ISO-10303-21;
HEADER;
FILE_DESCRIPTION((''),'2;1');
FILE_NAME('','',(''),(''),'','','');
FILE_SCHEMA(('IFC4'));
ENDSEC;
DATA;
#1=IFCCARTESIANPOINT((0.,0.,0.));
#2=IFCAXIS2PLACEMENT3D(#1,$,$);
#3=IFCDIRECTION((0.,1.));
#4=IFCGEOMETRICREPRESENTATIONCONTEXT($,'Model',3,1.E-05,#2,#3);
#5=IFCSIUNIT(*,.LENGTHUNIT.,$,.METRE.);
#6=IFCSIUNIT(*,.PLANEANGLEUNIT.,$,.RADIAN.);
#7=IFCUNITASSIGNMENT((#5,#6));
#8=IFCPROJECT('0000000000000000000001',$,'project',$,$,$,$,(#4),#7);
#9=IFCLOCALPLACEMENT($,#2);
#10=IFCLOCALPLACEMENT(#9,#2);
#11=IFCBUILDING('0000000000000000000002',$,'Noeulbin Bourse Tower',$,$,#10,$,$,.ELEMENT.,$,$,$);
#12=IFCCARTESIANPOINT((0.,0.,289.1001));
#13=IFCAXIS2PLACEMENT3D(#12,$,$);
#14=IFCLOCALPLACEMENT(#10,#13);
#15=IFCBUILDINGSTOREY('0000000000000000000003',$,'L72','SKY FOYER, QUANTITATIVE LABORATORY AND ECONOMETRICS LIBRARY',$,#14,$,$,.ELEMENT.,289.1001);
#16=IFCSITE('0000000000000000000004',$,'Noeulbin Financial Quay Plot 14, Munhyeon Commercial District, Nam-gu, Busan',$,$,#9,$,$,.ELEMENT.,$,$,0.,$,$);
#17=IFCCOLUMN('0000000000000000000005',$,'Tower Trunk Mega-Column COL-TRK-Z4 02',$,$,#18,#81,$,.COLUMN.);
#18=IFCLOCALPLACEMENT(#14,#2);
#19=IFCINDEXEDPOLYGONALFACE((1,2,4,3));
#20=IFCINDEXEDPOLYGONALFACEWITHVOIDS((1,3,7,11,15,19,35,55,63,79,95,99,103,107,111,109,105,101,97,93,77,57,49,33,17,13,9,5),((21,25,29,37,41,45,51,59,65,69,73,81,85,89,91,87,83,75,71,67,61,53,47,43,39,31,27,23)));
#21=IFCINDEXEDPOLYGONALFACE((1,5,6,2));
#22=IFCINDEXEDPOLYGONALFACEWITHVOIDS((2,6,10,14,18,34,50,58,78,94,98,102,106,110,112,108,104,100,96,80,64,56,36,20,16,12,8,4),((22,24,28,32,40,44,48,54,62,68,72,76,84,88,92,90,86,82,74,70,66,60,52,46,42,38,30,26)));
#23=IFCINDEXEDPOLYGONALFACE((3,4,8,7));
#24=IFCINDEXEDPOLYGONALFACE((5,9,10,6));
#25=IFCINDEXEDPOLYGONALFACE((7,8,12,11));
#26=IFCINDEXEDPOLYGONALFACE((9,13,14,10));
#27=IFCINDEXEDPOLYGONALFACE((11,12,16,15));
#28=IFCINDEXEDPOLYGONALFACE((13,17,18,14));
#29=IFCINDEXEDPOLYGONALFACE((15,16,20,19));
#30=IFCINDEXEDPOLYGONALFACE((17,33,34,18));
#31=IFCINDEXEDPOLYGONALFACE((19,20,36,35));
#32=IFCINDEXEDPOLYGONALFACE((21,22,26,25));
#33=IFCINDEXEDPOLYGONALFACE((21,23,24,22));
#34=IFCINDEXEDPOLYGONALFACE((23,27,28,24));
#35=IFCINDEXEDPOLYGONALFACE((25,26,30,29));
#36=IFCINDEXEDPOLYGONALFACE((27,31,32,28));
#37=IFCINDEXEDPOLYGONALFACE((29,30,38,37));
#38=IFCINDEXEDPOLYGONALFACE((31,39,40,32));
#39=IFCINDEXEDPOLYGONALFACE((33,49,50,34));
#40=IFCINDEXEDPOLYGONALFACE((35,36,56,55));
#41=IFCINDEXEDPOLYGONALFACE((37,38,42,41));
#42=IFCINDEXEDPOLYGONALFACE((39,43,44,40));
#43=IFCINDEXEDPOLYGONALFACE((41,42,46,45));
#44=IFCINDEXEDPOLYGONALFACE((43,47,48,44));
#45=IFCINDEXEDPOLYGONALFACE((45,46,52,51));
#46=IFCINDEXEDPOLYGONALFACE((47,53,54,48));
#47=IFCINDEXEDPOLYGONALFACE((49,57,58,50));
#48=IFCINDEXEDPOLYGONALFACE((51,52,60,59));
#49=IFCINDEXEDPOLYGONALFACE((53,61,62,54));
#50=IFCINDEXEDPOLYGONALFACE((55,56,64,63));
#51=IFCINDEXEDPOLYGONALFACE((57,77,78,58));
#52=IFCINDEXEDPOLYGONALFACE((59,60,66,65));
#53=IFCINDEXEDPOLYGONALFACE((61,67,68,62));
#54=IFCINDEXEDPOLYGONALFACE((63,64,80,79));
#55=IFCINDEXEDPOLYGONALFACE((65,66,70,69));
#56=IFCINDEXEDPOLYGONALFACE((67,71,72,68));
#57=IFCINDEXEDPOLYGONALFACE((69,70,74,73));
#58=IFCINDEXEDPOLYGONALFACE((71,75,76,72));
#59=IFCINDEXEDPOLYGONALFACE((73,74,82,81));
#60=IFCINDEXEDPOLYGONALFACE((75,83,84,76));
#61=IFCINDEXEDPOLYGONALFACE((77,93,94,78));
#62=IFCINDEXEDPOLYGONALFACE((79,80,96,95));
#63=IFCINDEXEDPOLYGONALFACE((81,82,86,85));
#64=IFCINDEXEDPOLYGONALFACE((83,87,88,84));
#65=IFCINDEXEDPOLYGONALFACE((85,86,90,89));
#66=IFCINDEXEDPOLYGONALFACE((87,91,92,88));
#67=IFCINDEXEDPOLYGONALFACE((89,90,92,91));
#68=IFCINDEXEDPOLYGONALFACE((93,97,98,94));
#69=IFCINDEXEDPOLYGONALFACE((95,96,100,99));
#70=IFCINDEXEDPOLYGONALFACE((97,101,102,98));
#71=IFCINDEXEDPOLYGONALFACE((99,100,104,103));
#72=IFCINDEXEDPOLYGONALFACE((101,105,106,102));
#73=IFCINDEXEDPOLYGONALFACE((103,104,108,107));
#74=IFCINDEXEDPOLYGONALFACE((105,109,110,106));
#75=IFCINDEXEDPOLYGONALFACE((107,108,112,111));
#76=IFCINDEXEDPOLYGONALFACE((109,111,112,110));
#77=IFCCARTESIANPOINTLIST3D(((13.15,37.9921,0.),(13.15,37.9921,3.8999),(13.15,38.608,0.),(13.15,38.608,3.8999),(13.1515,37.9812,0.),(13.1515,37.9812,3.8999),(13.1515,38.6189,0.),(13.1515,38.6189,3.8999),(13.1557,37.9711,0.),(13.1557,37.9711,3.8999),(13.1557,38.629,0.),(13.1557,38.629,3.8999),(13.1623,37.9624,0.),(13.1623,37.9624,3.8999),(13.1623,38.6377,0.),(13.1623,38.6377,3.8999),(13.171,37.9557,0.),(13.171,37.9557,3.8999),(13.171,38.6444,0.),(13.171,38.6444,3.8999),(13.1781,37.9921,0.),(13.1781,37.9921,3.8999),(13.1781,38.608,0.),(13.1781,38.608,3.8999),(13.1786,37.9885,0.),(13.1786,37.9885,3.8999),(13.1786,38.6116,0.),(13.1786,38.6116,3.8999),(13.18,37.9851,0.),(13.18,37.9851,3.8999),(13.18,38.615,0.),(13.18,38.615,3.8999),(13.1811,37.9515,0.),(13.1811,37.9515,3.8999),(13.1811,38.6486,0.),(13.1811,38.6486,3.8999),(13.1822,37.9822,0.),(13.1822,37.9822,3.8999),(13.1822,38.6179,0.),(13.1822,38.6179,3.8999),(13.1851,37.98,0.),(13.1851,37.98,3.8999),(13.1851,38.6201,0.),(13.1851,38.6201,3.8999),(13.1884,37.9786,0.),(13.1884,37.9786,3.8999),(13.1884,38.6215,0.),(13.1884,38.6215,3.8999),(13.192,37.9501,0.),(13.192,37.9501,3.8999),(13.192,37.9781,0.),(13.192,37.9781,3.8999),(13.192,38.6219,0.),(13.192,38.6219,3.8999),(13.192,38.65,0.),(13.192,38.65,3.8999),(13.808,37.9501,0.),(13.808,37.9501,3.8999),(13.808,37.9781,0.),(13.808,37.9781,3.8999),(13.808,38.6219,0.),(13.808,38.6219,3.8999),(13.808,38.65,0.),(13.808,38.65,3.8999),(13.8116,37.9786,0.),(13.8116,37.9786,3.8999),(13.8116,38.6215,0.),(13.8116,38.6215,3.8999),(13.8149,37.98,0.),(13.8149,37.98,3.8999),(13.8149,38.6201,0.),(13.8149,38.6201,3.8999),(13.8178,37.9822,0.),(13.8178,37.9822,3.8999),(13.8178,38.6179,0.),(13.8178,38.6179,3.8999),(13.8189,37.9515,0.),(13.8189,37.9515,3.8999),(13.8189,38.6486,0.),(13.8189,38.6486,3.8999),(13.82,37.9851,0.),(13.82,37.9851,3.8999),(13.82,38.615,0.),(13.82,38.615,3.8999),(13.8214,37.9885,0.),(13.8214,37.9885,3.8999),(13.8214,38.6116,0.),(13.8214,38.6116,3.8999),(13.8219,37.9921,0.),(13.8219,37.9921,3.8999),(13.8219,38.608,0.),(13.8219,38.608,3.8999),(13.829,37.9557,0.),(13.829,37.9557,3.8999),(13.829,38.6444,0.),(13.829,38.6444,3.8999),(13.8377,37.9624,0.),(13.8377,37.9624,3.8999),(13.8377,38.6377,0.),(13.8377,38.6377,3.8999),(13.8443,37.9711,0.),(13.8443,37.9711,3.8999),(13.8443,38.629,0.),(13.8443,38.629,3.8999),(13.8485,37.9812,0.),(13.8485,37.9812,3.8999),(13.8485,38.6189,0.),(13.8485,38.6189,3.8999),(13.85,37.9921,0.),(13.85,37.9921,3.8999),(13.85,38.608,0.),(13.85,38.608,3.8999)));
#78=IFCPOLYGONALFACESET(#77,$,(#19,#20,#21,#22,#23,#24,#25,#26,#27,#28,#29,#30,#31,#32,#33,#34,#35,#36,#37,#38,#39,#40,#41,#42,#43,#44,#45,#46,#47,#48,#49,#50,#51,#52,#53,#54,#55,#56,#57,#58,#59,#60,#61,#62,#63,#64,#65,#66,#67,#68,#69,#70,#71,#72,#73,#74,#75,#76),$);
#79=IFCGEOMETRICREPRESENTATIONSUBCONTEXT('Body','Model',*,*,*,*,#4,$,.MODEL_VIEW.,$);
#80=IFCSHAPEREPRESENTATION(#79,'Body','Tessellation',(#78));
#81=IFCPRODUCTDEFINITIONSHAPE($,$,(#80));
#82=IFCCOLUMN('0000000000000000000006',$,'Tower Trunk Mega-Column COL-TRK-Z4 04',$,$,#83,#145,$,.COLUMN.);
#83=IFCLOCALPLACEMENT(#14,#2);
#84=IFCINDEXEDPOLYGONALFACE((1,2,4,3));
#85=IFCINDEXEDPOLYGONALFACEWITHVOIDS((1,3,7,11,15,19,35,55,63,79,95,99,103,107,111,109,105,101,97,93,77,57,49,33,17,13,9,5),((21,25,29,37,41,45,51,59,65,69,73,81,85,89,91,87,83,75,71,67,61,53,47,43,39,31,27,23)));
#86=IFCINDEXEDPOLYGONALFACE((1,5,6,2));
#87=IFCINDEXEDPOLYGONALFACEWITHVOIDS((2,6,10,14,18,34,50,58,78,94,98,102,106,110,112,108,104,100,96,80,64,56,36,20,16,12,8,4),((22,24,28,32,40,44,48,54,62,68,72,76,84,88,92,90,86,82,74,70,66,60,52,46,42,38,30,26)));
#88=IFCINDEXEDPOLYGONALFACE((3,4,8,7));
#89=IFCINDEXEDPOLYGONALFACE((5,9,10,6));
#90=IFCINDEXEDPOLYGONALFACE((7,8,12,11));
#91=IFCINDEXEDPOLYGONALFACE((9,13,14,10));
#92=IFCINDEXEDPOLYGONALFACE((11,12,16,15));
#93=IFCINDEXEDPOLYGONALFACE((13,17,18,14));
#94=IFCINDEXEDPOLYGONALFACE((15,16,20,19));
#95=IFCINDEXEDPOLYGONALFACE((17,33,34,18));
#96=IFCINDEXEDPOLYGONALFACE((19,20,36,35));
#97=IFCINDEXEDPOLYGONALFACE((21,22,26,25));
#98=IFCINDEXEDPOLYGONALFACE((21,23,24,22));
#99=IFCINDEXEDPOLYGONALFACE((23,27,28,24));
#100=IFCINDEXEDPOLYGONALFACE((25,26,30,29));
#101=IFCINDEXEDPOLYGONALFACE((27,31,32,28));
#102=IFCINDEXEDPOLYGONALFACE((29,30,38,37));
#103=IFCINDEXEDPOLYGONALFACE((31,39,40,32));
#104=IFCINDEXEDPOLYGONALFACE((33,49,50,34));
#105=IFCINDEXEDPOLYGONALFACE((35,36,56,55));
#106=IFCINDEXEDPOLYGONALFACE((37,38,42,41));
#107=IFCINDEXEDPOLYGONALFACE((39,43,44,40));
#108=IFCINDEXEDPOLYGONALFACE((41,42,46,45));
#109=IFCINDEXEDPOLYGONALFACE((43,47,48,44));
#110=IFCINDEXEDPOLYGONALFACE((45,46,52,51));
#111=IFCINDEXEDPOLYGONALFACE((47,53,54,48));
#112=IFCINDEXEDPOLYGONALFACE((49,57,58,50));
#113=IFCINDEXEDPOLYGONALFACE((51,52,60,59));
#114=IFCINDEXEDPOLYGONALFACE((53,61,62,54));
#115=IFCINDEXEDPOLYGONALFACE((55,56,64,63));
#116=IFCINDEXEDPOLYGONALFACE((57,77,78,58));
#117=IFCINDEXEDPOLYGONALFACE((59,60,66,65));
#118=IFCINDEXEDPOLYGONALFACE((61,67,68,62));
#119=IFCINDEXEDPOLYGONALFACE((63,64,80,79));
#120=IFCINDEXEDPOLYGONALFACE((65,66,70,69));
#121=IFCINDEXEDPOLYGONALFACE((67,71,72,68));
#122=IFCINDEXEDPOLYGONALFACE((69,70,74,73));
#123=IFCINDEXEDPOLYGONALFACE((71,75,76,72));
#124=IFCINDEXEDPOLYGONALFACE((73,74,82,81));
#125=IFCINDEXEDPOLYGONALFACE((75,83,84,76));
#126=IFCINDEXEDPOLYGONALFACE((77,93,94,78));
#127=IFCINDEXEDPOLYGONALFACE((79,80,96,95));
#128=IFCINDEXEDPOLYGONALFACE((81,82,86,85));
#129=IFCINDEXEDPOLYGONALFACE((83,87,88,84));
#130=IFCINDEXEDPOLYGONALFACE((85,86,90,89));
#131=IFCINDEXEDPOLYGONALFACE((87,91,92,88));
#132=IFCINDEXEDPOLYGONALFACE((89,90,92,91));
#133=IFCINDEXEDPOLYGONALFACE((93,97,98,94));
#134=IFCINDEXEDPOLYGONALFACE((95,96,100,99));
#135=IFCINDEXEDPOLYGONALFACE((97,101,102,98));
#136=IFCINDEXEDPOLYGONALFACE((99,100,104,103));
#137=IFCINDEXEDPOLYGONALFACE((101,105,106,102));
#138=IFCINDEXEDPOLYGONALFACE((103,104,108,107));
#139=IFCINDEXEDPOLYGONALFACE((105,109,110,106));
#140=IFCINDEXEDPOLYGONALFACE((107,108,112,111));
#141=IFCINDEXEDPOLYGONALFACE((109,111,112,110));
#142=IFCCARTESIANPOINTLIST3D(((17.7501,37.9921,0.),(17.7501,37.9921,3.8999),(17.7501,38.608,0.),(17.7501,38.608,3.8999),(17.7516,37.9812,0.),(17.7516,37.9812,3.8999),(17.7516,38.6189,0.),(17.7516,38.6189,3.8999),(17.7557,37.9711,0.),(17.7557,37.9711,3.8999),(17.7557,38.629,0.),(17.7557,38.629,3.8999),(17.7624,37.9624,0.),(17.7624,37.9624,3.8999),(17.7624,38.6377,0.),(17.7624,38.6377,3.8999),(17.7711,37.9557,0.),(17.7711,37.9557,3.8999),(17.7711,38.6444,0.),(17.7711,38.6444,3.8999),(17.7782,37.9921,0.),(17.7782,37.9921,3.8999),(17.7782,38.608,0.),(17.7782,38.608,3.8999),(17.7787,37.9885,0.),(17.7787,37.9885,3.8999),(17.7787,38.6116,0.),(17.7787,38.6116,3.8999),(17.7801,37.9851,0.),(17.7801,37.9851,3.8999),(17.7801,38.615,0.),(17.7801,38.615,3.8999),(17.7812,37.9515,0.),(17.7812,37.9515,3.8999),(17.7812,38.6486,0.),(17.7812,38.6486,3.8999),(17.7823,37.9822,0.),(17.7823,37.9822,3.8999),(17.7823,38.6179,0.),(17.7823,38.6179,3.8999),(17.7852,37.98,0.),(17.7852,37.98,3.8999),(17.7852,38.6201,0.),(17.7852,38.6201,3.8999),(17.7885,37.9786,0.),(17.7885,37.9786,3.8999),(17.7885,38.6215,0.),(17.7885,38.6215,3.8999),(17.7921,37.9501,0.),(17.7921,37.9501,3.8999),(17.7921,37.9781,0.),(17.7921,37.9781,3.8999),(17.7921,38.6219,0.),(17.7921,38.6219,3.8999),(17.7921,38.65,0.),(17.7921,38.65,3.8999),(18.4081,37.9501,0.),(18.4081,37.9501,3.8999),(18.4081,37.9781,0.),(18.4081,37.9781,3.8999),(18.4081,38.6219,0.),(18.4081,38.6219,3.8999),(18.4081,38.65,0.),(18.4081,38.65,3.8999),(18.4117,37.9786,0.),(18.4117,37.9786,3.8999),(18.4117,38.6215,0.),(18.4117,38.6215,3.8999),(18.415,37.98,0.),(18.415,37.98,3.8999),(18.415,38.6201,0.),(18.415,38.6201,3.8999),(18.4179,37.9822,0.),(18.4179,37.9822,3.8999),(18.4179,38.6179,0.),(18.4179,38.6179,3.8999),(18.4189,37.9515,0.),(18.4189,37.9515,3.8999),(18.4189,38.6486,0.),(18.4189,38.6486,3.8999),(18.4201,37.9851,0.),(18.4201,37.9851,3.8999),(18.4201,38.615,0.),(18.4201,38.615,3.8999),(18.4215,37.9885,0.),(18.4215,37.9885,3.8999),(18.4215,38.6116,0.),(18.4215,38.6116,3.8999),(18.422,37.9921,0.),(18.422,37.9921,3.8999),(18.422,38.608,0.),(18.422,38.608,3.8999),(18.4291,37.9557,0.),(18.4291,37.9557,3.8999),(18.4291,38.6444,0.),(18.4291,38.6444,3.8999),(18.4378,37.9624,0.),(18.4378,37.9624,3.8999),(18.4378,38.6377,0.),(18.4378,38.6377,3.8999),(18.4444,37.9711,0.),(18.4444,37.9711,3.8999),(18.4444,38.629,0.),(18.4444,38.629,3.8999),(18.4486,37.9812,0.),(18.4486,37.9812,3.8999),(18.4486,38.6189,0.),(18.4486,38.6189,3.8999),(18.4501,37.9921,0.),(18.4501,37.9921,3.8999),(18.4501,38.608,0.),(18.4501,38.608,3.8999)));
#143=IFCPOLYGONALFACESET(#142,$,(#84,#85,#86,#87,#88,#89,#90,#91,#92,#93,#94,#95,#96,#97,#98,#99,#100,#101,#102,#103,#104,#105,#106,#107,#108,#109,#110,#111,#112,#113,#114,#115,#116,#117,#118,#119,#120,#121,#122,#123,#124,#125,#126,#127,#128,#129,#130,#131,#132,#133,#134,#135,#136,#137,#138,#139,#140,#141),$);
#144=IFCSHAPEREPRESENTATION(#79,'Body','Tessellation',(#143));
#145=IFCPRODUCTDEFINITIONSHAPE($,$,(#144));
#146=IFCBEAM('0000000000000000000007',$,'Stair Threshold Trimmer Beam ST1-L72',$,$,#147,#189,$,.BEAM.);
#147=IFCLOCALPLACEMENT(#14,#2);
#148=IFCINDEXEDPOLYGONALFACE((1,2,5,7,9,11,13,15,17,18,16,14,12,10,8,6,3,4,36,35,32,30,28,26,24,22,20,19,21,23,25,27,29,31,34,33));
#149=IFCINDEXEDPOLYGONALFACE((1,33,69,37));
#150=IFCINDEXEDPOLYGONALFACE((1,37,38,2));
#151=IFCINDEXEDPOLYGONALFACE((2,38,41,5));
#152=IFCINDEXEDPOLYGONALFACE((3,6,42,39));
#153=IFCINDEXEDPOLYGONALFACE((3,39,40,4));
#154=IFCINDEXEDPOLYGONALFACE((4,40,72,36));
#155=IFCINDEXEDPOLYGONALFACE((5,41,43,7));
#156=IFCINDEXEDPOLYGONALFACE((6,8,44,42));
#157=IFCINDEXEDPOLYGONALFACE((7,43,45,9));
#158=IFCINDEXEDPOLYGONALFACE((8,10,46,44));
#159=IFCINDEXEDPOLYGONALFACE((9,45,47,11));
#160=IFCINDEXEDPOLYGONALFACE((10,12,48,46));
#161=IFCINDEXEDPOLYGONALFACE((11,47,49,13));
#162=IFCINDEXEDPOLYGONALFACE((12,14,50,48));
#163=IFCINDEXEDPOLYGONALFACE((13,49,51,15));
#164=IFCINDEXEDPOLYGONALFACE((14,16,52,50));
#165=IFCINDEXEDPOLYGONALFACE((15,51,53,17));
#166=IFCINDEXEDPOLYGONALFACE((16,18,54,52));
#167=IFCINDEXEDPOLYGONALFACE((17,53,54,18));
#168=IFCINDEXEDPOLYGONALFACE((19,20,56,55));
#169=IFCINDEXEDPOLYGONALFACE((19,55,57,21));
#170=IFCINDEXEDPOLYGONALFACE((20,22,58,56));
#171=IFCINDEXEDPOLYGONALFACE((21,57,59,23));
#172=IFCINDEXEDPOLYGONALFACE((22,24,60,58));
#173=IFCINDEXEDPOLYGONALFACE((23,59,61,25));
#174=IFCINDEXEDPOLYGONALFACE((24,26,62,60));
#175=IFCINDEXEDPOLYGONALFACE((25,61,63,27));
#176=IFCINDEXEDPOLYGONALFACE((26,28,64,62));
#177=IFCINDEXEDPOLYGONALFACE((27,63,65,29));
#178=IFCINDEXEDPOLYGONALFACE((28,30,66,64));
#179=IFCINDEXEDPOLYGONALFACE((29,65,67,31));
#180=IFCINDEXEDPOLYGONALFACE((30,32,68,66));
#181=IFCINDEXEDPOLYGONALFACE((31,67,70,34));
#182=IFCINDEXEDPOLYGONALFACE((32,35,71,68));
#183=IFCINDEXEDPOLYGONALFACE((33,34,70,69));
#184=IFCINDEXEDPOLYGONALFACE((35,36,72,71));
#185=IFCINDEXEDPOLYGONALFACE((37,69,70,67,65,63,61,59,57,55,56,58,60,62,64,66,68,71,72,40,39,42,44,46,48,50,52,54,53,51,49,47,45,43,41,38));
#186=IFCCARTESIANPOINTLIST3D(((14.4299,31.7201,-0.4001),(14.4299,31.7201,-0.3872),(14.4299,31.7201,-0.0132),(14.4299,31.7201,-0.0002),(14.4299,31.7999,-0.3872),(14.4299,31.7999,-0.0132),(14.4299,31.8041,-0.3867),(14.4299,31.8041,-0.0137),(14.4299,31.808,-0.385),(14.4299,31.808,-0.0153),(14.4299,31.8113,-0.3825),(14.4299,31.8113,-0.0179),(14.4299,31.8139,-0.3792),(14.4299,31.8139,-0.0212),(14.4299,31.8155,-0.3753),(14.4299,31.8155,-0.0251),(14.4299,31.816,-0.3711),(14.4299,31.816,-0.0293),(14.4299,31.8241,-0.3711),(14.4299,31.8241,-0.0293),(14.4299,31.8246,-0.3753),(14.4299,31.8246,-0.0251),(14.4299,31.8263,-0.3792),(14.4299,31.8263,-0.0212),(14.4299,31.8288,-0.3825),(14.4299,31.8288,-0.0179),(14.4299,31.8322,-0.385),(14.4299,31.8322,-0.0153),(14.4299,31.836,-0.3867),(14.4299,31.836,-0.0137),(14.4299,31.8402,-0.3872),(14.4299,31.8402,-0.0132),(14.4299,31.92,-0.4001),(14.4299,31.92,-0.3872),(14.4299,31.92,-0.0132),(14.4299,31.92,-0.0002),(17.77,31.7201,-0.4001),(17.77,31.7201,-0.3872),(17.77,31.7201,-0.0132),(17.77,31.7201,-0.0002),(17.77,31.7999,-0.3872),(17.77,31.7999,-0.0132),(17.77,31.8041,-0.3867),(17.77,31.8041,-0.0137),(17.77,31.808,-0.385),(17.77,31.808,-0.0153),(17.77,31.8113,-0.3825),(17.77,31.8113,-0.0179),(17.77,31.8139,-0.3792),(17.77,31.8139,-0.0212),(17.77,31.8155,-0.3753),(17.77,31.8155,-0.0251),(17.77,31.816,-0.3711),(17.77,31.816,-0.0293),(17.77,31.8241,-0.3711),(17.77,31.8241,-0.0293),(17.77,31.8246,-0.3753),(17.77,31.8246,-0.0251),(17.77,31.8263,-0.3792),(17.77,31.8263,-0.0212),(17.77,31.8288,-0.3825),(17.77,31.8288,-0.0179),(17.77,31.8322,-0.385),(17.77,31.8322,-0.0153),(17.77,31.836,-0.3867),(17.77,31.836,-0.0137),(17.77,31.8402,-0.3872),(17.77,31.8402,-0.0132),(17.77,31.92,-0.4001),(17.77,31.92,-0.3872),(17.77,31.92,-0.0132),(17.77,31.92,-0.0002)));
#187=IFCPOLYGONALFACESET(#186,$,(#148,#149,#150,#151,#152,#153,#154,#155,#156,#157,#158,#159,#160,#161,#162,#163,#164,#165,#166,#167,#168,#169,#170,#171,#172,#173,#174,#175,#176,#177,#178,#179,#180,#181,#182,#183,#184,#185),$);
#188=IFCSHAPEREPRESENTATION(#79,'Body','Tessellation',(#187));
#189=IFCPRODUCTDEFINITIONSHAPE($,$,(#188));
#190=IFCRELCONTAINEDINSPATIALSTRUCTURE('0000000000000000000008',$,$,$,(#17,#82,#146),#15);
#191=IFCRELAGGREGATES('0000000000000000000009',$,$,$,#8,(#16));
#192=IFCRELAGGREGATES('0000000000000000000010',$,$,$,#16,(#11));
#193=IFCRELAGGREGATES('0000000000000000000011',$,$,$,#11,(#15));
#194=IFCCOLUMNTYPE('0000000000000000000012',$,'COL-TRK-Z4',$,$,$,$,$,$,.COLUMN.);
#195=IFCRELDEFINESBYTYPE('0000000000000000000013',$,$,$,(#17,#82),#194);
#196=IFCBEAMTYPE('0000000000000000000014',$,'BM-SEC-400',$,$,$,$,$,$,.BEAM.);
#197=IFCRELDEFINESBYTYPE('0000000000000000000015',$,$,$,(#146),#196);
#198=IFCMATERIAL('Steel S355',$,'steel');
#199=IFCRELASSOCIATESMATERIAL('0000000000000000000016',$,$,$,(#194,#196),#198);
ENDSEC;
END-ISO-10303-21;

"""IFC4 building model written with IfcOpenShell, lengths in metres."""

from ifc_helpers import new_model, si_unit, direction, frame, origin, origin_2d, place, context, subcontext, project, spatial, hollow_rectangle, i_section, extrude, material, material_profile, profile_set, type_object, element, save


model = new_model("IFC4")

# Units and contexts
model_context = context("Model", 3, precision=1e-05, world=origin(), true_north=direction((0.0, 1.0)))
body_context = subcontext(model_context, "Body", "Model", "MODEL_VIEW")
ifc_project = project(units=[si_unit("LENGTHUNIT", "METRE"), si_unit("PLANEANGLEUNIT", "RADIAN")], contexts=[model_context])

# Site, building, storey
site_placement = place(None, origin())
site = spatial("IfcSite", under=ifc_project, at=site_placement, Name="Noeulbin Financial Quay Plot 14, Munhyeon Commercial District, Nam-gu, Busan", CompositionType="ELEMENT", RefElevation=0.0)
building_placement = place(site_placement, origin())
building = spatial("IfcBuilding", under=site, at=building_placement, Name="Noeulbin Bourse Tower", CompositionType="ELEMENT")
storey_placement = place(building_placement, frame((0.0, 0.0, 289.1001)))
storey = spatial("IfcBuildingStorey", under=building, at=storey_placement, Name="L72", Description="SKY FOYER, QUANTITATIVE LABORATORY AND ECONOMETRICS LIBRARY", CompositionType="ELEMENT", Elevation=289.1001)

# Columns
ifc_material_1 = material(Name="Steel S355", Category="steel")
ifc_material_profile_1 = material_profile(ifc_material_1, hollow_rectangle(XDim=0.7, YDim=0.7, WallThickness=0.0281, InnerFilletRadius=0.0139, OuterFilletRadius=0.042, at=origin_2d()), Name="BOX-700x700x28", Category="LoadBearing")
ifc_profile_set_1 = profile_set([ifc_material_profile_1], Name="Steel S355")
column_type = type_object("IfcColumnType", Name="COL-TRK-Z4", PredefinedType="COLUMN", material=ifc_profile_set_1)
for number, where, z_axis, x_axis, name in (
    (1, (13.5, 38.3, 0.0), (0.0, 0.0, 1.0), (1.0, 0.0, 0.0), "Tower Trunk Mega-Column COL-TRK-Z4 02"),
    (2, (18.1001, 38.3, 0.0), (0.0, 0.0, 1.0), (1.0, 0.0, 0.0), "Tower Trunk Mega-Column COL-TRK-Z4 04"),
):
    element("IfcColumn", number, at=place(storey_placement, frame(where, z_axis=z_axis, x_axis=x_axis)), inside=storey, type_object=column_type, Name=name, PredefinedType="COLUMN", context=body_context, shape_type="SweptSolid", body=[
        extrude(hollow_rectangle(XDim=0.7, YDim=0.7, WallThickness=0.0281, InnerFilletRadius=0.0139, OuterFilletRadius=0.042, at=origin_2d()), origin(), (0.0, 0.0, 1.0), 3.8999),
    ])

# Beam
ifc_material_profile_2 = material_profile(ifc_material_1, i_section(OverallWidth=0.2, OverallDepth=0.3999, WebThickness=0.0081, FlangeThickness=0.0129, FilletRadius=0.0161, at=origin_2d()), Name="H-400x200x8x13", Category="LoadBearing")
ifc_profile_set_2 = profile_set([ifc_material_profile_2], Name="Steel S355")
beam_type = type_object("IfcBeamType", Name="BM-SEC-400", PredefinedType="BEAM", material=ifc_profile_set_2)
beam_placement = place(storey_placement, frame((14.4299, 31.8201, -0.2002), z_axis=(1.0, 0.0, 0.0), x_axis=(0.0, 1.0, 0.0)))
element("IfcBeam", 3, at=beam_placement, inside=storey, type_object=beam_type, Name="Stair Threshold Trimmer Beam ST1-L72", PredefinedType="BEAM", context=body_context, shape_type="SweptSolid", body=[
    extrude(i_section(OverallWidth=0.2, OverallDepth=0.3999, WebThickness=0.0081, FlangeThickness=0.0129, FilletRadius=0.0161, at=origin_2d()), origin(), (0.0, 0.0, 1.0), 3.3401),
])

save(model, "model.ifc")
